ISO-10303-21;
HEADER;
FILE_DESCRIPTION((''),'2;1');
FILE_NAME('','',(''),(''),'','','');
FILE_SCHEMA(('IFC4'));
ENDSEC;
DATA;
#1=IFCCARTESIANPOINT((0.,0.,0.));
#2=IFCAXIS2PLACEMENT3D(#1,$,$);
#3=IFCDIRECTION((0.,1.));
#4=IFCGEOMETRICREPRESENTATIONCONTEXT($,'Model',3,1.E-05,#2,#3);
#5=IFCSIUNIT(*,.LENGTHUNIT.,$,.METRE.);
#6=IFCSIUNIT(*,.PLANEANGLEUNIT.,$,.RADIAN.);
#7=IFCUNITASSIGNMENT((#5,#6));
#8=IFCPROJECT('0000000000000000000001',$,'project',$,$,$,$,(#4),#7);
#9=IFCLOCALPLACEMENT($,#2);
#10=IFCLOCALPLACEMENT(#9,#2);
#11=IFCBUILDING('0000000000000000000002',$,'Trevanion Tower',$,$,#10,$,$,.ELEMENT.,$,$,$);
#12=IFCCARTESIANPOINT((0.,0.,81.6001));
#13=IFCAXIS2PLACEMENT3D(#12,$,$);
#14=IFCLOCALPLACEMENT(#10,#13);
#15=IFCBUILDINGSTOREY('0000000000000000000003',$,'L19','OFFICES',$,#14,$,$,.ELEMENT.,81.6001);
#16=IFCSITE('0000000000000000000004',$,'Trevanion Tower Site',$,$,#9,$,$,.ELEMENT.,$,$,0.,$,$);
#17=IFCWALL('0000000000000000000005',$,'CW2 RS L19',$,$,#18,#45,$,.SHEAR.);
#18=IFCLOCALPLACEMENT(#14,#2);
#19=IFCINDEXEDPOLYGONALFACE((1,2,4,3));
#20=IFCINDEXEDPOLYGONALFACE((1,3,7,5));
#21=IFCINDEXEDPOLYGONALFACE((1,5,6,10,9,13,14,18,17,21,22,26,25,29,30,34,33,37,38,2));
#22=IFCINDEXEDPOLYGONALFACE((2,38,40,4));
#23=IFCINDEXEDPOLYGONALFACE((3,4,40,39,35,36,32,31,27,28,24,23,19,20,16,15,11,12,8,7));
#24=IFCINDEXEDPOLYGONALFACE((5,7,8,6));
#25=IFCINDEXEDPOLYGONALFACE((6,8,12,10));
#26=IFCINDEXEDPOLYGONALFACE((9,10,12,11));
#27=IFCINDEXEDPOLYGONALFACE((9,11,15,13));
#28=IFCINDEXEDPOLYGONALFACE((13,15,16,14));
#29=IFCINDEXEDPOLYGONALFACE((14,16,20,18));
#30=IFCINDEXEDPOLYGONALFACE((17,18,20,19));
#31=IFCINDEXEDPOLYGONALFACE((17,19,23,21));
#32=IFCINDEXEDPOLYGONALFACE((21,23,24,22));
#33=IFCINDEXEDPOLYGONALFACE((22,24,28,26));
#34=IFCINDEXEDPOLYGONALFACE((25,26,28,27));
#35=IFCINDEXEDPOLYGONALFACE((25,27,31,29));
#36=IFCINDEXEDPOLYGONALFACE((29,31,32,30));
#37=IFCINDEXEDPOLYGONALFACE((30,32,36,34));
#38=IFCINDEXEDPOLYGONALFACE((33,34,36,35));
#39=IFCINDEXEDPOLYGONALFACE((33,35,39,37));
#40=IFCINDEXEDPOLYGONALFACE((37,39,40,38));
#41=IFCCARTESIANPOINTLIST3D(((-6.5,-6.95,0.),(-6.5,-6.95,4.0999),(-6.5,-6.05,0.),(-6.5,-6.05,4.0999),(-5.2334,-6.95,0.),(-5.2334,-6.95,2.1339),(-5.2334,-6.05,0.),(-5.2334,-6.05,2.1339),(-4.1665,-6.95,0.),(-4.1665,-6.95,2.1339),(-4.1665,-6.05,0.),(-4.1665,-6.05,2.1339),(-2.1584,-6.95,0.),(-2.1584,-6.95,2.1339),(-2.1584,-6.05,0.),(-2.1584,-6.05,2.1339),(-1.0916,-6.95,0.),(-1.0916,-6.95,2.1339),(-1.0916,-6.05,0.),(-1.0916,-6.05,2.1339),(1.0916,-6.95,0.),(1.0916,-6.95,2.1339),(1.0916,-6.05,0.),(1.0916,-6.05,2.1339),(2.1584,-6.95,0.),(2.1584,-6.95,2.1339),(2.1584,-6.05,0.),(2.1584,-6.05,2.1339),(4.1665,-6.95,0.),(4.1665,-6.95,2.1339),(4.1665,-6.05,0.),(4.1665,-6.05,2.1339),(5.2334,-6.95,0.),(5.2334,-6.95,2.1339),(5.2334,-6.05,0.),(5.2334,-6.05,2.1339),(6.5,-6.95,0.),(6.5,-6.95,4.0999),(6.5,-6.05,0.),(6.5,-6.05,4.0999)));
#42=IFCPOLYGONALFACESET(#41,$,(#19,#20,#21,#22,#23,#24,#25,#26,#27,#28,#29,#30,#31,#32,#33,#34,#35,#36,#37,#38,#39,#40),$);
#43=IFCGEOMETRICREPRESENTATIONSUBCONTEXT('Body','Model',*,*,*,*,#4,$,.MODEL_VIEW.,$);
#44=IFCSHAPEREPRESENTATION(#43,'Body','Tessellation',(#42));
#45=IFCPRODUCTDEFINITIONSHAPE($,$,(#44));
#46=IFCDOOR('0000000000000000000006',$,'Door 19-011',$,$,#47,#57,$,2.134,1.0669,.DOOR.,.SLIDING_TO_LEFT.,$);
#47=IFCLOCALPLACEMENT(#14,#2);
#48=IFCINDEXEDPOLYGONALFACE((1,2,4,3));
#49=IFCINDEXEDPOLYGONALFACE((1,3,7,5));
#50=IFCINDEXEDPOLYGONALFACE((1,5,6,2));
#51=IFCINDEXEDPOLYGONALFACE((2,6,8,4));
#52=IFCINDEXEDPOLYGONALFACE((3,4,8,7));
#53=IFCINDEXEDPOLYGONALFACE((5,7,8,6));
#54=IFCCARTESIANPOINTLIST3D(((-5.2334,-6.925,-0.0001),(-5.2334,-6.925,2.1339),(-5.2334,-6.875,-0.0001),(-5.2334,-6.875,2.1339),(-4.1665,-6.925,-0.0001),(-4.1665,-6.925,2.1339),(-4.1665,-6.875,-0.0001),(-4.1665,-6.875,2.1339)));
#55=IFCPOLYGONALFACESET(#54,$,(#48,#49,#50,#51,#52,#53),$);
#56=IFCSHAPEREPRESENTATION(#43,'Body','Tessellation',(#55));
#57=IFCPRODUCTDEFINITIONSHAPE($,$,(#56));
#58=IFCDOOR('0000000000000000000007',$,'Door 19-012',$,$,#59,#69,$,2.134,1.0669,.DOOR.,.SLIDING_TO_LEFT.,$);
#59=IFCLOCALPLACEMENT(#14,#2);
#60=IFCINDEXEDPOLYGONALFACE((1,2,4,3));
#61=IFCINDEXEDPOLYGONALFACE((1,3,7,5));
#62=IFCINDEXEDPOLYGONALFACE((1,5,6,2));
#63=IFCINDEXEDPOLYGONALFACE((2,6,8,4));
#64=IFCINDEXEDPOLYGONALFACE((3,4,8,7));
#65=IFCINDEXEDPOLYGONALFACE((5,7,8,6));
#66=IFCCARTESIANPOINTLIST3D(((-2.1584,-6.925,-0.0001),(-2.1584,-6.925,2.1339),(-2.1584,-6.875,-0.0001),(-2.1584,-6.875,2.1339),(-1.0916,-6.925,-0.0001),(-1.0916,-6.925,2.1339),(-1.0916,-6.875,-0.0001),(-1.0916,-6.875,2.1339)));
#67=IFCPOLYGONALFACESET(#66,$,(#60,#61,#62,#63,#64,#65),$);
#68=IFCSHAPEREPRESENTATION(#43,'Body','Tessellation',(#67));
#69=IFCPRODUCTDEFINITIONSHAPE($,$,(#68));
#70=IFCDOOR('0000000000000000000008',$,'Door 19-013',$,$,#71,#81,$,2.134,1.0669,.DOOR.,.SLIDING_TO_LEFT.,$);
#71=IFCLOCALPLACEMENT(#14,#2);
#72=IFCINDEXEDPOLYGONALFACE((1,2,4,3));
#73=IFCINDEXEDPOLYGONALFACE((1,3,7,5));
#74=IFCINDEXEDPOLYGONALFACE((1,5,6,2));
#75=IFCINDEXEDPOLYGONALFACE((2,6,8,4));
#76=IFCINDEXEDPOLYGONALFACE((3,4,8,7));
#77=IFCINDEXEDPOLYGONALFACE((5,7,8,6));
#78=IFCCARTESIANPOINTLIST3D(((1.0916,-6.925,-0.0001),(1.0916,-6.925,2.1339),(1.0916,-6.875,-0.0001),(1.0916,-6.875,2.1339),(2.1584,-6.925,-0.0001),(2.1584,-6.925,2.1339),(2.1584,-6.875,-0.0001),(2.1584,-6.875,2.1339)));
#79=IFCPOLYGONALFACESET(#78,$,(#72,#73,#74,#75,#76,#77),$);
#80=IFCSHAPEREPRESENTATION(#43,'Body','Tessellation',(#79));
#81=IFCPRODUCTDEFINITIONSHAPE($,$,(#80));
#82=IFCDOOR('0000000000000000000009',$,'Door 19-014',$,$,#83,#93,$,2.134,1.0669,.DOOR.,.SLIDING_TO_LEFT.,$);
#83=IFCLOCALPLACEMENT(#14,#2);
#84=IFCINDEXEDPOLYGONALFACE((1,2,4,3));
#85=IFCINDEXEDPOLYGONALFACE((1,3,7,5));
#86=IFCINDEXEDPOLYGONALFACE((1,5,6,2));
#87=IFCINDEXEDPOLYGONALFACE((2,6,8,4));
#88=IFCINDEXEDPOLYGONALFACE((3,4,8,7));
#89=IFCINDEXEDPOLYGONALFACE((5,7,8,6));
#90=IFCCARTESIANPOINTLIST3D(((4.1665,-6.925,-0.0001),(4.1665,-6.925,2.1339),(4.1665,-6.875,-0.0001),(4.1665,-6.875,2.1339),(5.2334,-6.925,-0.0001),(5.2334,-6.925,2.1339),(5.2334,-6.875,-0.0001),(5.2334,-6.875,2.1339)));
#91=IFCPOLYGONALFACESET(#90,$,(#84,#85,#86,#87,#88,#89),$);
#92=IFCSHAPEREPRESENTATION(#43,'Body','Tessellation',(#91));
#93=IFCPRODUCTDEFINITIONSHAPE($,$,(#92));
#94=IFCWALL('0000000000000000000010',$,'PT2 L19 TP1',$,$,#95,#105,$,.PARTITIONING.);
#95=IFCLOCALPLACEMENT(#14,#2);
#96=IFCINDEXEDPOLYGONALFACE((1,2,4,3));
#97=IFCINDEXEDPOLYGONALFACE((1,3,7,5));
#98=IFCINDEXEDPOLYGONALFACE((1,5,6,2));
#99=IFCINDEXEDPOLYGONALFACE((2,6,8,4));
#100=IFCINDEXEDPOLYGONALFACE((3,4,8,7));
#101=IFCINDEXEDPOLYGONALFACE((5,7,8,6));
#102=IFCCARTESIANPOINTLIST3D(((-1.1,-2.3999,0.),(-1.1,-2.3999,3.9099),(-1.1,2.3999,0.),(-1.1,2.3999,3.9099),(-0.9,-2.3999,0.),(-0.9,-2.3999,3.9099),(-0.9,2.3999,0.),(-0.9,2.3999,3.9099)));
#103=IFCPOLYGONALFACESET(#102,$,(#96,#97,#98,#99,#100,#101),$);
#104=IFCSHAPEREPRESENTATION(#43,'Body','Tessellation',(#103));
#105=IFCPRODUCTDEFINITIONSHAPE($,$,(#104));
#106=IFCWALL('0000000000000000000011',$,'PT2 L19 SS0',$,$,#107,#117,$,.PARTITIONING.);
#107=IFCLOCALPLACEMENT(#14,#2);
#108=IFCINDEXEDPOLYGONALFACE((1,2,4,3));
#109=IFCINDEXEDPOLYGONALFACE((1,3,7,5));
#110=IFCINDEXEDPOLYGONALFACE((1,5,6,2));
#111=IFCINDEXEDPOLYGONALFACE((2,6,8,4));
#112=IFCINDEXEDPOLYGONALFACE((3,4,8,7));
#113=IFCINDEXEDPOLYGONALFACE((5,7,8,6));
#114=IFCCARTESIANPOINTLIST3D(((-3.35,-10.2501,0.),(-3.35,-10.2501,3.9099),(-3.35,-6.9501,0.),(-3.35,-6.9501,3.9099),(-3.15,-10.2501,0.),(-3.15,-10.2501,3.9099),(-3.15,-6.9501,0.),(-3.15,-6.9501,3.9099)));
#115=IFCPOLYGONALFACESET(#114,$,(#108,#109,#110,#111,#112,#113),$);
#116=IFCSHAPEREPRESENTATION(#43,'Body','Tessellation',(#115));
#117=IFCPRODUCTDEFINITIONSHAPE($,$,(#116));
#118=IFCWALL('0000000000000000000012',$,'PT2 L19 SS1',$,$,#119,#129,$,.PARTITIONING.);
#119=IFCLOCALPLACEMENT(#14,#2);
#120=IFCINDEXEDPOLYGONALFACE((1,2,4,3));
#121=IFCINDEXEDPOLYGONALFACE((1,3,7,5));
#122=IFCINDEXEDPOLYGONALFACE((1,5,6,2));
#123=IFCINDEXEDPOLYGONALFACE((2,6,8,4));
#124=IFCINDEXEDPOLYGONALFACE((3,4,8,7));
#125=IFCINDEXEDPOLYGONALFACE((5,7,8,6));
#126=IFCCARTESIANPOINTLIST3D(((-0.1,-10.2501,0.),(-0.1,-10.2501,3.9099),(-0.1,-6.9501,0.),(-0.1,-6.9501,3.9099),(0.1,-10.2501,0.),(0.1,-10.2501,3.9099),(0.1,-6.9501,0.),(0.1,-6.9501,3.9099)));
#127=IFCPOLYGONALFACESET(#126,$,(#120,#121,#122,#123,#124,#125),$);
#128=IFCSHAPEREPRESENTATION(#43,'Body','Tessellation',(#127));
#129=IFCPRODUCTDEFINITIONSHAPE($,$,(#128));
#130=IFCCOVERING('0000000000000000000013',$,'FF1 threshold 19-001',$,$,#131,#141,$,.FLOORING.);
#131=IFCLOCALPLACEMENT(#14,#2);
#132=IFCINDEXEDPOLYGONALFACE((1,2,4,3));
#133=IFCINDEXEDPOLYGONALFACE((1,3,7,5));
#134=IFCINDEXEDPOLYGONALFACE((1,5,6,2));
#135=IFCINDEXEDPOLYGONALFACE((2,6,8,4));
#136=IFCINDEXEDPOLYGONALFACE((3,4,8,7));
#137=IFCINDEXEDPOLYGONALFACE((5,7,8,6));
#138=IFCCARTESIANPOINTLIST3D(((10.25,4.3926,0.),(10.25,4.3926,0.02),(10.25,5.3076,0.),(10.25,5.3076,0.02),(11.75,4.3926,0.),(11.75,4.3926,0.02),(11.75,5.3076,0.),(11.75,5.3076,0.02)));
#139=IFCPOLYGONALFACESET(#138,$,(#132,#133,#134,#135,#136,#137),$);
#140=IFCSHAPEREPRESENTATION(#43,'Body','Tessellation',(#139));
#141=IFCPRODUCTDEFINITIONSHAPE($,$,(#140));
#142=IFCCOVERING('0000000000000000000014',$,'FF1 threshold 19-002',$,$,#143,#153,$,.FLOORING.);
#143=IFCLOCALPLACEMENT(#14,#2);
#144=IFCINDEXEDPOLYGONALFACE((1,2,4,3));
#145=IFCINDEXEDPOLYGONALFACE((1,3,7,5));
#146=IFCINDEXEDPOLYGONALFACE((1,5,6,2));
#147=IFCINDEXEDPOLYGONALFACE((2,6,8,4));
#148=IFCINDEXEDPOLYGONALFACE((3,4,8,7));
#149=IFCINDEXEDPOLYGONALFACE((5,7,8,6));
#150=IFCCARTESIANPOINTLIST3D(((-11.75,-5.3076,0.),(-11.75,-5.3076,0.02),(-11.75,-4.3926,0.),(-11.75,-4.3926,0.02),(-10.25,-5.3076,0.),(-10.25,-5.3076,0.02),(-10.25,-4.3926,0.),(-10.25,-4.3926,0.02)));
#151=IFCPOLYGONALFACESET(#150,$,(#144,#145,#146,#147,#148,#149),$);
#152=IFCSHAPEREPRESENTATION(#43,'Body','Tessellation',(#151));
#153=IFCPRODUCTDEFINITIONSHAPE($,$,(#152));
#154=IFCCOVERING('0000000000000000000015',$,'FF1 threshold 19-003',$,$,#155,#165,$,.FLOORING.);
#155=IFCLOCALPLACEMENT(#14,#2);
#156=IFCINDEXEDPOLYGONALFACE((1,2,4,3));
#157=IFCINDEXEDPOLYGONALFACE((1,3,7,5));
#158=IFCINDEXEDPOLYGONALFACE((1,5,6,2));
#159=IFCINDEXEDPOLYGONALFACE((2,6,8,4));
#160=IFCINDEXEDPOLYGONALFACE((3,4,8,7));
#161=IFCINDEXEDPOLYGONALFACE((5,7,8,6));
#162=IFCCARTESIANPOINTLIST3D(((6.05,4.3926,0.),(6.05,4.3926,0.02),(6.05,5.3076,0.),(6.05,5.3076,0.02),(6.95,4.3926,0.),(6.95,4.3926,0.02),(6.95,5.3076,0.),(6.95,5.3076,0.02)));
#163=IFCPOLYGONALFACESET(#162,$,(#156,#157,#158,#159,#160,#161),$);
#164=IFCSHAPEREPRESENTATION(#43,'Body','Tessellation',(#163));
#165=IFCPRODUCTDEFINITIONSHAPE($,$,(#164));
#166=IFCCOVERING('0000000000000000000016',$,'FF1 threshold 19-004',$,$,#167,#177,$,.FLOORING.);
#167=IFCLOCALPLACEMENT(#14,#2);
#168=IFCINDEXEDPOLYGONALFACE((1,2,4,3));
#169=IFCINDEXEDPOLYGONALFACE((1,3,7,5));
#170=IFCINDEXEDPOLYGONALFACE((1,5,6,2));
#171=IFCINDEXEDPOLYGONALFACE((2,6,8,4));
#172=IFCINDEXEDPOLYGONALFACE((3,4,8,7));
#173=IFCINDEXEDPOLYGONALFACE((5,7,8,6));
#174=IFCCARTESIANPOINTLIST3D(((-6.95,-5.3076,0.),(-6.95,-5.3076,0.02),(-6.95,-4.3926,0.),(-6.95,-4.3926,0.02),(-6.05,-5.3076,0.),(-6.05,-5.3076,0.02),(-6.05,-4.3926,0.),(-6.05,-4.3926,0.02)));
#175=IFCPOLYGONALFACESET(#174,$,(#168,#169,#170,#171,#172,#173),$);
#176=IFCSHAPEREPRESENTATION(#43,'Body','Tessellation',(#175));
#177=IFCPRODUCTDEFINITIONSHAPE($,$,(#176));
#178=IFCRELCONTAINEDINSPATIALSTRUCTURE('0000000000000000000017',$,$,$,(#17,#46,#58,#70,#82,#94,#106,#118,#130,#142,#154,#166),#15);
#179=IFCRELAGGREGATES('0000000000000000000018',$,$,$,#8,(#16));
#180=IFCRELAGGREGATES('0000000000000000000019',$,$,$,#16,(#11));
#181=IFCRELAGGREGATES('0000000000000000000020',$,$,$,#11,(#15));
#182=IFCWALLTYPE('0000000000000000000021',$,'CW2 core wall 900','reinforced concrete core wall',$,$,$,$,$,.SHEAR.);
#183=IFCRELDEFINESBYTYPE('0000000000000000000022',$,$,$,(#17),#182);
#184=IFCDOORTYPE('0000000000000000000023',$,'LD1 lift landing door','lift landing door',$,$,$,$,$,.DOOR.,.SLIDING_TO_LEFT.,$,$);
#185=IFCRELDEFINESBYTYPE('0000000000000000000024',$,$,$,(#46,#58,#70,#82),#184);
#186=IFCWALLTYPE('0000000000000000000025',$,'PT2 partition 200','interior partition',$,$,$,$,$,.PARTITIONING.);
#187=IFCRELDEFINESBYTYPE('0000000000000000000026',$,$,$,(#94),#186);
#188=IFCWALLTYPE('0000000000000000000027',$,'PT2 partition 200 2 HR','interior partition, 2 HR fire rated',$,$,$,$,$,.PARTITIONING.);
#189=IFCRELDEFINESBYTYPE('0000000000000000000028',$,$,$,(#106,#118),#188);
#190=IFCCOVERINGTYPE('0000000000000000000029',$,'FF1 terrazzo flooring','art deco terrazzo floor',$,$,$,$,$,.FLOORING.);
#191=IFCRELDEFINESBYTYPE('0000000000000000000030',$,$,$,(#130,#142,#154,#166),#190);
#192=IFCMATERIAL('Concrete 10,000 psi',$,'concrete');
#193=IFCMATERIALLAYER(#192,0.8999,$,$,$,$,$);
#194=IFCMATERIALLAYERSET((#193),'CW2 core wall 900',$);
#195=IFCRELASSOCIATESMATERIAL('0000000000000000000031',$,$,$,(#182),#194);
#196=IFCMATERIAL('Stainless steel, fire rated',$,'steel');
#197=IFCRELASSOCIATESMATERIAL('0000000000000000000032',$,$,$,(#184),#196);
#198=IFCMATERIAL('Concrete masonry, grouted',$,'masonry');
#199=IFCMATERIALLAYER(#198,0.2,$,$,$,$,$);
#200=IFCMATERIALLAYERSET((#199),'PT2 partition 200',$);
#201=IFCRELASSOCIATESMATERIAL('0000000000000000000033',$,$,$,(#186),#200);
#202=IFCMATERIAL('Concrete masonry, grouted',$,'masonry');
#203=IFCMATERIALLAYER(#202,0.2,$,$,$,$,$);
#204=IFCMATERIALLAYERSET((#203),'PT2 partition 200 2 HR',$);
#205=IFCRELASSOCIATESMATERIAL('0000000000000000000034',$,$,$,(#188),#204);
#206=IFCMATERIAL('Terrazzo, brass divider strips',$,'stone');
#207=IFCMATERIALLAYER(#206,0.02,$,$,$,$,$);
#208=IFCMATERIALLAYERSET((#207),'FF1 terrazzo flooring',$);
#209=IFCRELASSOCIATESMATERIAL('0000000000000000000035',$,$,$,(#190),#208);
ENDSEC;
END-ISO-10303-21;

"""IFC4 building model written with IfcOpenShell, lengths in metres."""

from ifc_helpers import new_model, si_unit, direction, frame, frame_2d, origin, place, context, subcontext, project, spatial, polyline, rectangle, outline, extrude, material, layer, layer_set, type_object, element, fill, save


model = new_model("IFC4")

# Units and contexts
model_context = context("Model", 3, precision=1e-05, world=origin(), true_north=direction((0.0, 1.0)))
body_context = subcontext(model_context, "Body", "Model", "MODEL_VIEW")
ifc_project = project(units=[si_unit("LENGTHUNIT", "METRE"), si_unit("PLANEANGLEUNIT", "RADIAN")], contexts=[model_context])

# Site, building, storey
site_placement = place(None, origin())
site = spatial("IfcSite", under=ifc_project, at=site_placement, Name="Trevanion Tower Site", CompositionType="ELEMENT", RefElevation=0.0)
building_placement = place(site_placement, origin())
building = spatial("IfcBuilding", under=site, at=building_placement, Name="Trevanion Tower", CompositionType="ELEMENT")
storey_placement = place(building_placement, frame((0.0, 0.0, 81.6001)))
storey = spatial("IfcBuildingStorey", under=building, at=storey_placement, Name="L19", Description="OFFICES", CompositionType="ELEMENT", Elevation=81.6001)

# Wall, openings, doors
ifc_material_1 = material(Name="Concrete 10,000 psi", Category="concrete")
ifc_layer_1 = layer(ifc_material_1, 0.8999)
ifc_layer_set_1 = layer_set([ifc_layer_1], Name="CW2 core wall 900")
wall_type_1 = type_object("IfcWallType", Name="CW2 core wall 900", Description="reinforced concrete core wall", PredefinedType="SHEAR", material=ifc_layer_set_1)
wall_1_placement = place(storey_placement, frame((-6.5, -6.5, 0.0), z_axis=(0.0, 0.0, 1.0), x_axis=(1.0, 0.0, 0.0)))
wall_1 = element("IfcWall", 1, at=wall_1_placement, inside=storey, type_object=wall_type_1, Name="CW2 RS L19", PredefinedType="SHEAR", context=body_context, shape_type="SweptSolid", body=[
    extrude(rectangle(XDim=13.0, YDim=0.8999, at=frame_2d((6.5, 0.0))), origin(), (0.0, 0.0, 1.0), 4.0999),
])
opening_1_placement = place(wall_1_placement, frame((1.2666, 0.0, 0.0)))
opening_1 = element("IfcOpeningElement", 2, at=opening_1_placement, cuts=wall_1, PredefinedType="OPENING", context=body_context, shape_type="SweptSolid", body=[
    extrude(rectangle(XDim=1.0669, YDim=2.134, at=frame_2d((0.5334, 1.0669))), frame((0.0, 0.46, 0.0), z_axis=(0.0, -1.0, 0.0), x_axis=(1.0, 0.0, 0.0)), (0.0, 0.0, 1.0), 0.9199),
])
opening_2_placement = place(wall_1_placement, frame((4.3416, 0.0, 0.0)))
opening_2 = element("IfcOpeningElement", 3, at=opening_2_placement, cuts=wall_1, PredefinedType="OPENING", context=body_context, shape_type="SweptSolid", body=[
    extrude(rectangle(XDim=1.0669, YDim=2.134, at=frame_2d((0.5334, 1.0669))), frame((0.0, 0.46, 0.0), z_axis=(0.0, -1.0, 0.0), x_axis=(1.0, 0.0, 0.0)), (0.0, 0.0, 1.0), 0.9199),
])
opening_3_placement = place(wall_1_placement, frame((7.5916, 0.0, 0.0)))
opening_3 = element("IfcOpeningElement", 4, at=opening_3_placement, cuts=wall_1, PredefinedType="OPENING", context=body_context, shape_type="SweptSolid", body=[
    extrude(rectangle(XDim=1.0669, YDim=2.134, at=frame_2d((0.5334, 1.0669))), frame((0.0, 0.46, 0.0), z_axis=(0.0, -1.0, 0.0), x_axis=(1.0, 0.0, 0.0)), (0.0, 0.0, 1.0), 0.9199),
])
opening_4_placement = place(wall_1_placement, frame((10.6665, 0.0, 0.0)))
opening_4 = element("IfcOpeningElement", 5, at=opening_4_placement, cuts=wall_1, PredefinedType="OPENING", context=body_context, shape_type="SweptSolid", body=[
    extrude(rectangle(XDim=1.0669, YDim=2.134, at=frame_2d((0.5334, 1.0669))), frame((0.0, 0.46, 0.0), z_axis=(0.0, -1.0, 0.0), x_axis=(1.0, 0.0, 0.0)), (0.0, 0.0, 1.0), 0.9199),
])
ifc_material_2 = material(Name="Stainless steel, fire rated", Category="steel")
door_type = type_object("IfcDoorType", Name="LD1 lift landing door", Description="lift landing door", OperationType="SLIDING_TO_LEFT", PredefinedType="DOOR", material=ifc_material_2)
door_1_placement = place(opening_1_placement, origin())
door_1 = element("IfcDoor", 6, at=door_1_placement, inside=storey, type_object=door_type, Name="Door 19-011", OperationType="SLIDING_TO_LEFT", OverallHeight=2.134, OverallWidth=1.0669, PredefinedType="DOOR", context=body_context, shape_type="SweptSolid", body=[
    extrude(rectangle(XDim=1.0669, YDim=2.134, at=frame_2d((0.5334, 1.0669))), frame((0.0, -0.375, 0.0), z_axis=(0.0, -1.0, 0.0), x_axis=(1.0, 0.0, 0.0)), (0.0, 0.0, 1.0), 0.05),
])
fill(opening_1, door_1)
door_2_placement = place(opening_2_placement, origin())
door_2 = element("IfcDoor", 7, at=door_2_placement, inside=storey, type_object=door_type, Name="Door 19-012", OperationType="SLIDING_TO_LEFT", OverallHeight=2.134, OverallWidth=1.0669, PredefinedType="DOOR", context=body_context, shape_type="SweptSolid", body=[
    extrude(rectangle(XDim=1.0669, YDim=2.134, at=frame_2d((0.5334, 1.0669))), frame((0.0, -0.375, 0.0), z_axis=(0.0, -1.0, 0.0), x_axis=(1.0, 0.0, 0.0)), (0.0, 0.0, 1.0), 0.05),
])
fill(opening_2, door_2)
door_3_placement = place(opening_3_placement, origin())
door_3 = element("IfcDoor", 8, at=door_3_placement, inside=storey, type_object=door_type, Name="Door 19-013", OperationType="SLIDING_TO_LEFT", OverallHeight=2.134, OverallWidth=1.0669, PredefinedType="DOOR", context=body_context, shape_type="SweptSolid", body=[
    extrude(rectangle(XDim=1.0669, YDim=2.134, at=frame_2d((0.5334, 1.0669))), frame((0.0, -0.375, 0.0), z_axis=(0.0, -1.0, 0.0), x_axis=(1.0, 0.0, 0.0)), (0.0, 0.0, 1.0), 0.05),
])
fill(opening_3, door_3)
door_4_placement = place(opening_4_placement, origin())
door_4 = element("IfcDoor", 9, at=door_4_placement, inside=storey, type_object=door_type, Name="Door 19-014", OperationType="SLIDING_TO_LEFT", OverallHeight=2.134, OverallWidth=1.0669, PredefinedType="DOOR", context=body_context, shape_type="SweptSolid", body=[
    extrude(rectangle(XDim=1.0669, YDim=2.134, at=frame_2d((0.5334, 1.0669))), frame((0.0, -0.375, 0.0), z_axis=(0.0, -1.0, 0.0), x_axis=(1.0, 0.0, 0.0)), (0.0, 0.0, 1.0), 0.05),
])
fill(opening_4, door_4)

# Walls
ifc_material_3 = material(Name="Concrete masonry, grouted", Category="masonry")
ifc_layer_2 = layer(ifc_material_3, 0.2)
ifc_layer_set_2 = layer_set([ifc_layer_2], Name="PT2 partition 200")
wall_type_2 = type_object("IfcWallType", Name="PT2 partition 200", Description="interior partition", PredefinedType="PARTITIONING", material=ifc_layer_set_2)
wall_2_placement = place(storey_placement, frame((-1.0, -2.3999, 0.0), z_axis=(0.0, 0.0, 1.0), x_axis=(0.0, 1.0, 0.0)))
element("IfcWall", 10, at=wall_2_placement, inside=storey, type_object=wall_type_2, Name="PT2 L19 TP1", PredefinedType="PARTITIONING", context=body_context, shape_type="SweptSolid", body=[
    extrude(rectangle(XDim=4.7998, YDim=0.2, at=frame_2d((2.3999, 0.0))), origin(), (0.0, 0.0, 1.0), 3.9099),
])
ifc_material_4 = material(Name="Concrete masonry, grouted", Category="masonry")
ifc_layer_3 = layer(ifc_material_4, 0.2)
ifc_layer_set_3 = layer_set([ifc_layer_3], Name="PT2 partition 200 2 HR")
wall_type_3 = type_object("IfcWallType", Name="PT2 partition 200 2 HR", Description="interior partition, 2 HR fire rated", PredefinedType="PARTITIONING", material=ifc_layer_set_3)
for number, where, z_axis, x_axis, name in (
    (11, (-3.25, -10.25, 0.0), (0.0, 0.0, 1.0), (0.0, 1.0, 0.0), "PT2 L19 SS0"),
    (12, (0.0, -10.25, 0.0), (0.0, 0.0, 1.0), (0.0, 1.0, 0.0), "PT2 L19 SS1"),
):
    element("IfcWall", number, at=place(storey_placement, frame(where, z_axis=z_axis, x_axis=x_axis)), inside=storey, type_object=wall_type_3, Name=name, PredefinedType="PARTITIONING", context=body_context, shape_type="SweptSolid", body=[
        extrude(rectangle(XDim=3.3, YDim=0.2, at=frame_2d((1.6499, 0.0))), origin(), (0.0, 0.0, 1.0), 3.9099),
    ])

# Coverings
ifc_material_5 = material(Name="Terrazzo, brass divider strips", Category="stone")
ifc_layer_4 = layer(ifc_material_5, 0.02)
ifc_layer_set_4 = layer_set([ifc_layer_4], Name="FF1 terrazzo flooring")
covering_type = type_object("IfcCoveringType", Name="FF1 terrazzo flooring", Description="art deco terrazzo floor", PredefinedType="FLOORING", material=ifc_layer_set_4)
covering_1_placement = place(storey_placement, origin())
element("IfcCovering", 13, at=covering_1_placement, inside=storey, type_object=covering_type, Name="FF1 threshold 19-001", PredefinedType="FLOORING", context=body_context, shape_type="SweptSolid", body=[
    extrude(outline(polyline([(11.75, 4.3926), (11.75, 5.3076), (10.25, 5.3076), (10.25, 4.3926), (11.75, 4.3926)])), origin(), (0.0, 0.0, 1.0), 0.02),
])
covering_2_placement = place(storey_placement, origin())
element("IfcCovering", 14, at=covering_2_placement, inside=storey, type_object=covering_type, Name="FF1 threshold 19-002", PredefinedType="FLOORING", context=body_context, shape_type="SweptSolid", body=[
    extrude(outline(polyline([(-11.75, -4.3926), (-11.75, -5.3076), (-10.25, -5.3076), (-10.25, -4.3926), (-11.75, -4.3926)])), origin(), (0.0, 0.0, 1.0), 0.02),
])
covering_3_placement = place(storey_placement, origin())
element("IfcCovering", 15, at=covering_3_placement, inside=storey, type_object=covering_type, Name="FF1 threshold 19-003", PredefinedType="FLOORING", context=body_context, shape_type="SweptSolid", body=[
    extrude(outline(polyline([(6.95, 4.3926), (6.95, 5.3076), (6.05, 5.3076), (6.05, 4.3926), (6.95, 4.3926)])), origin(), (0.0, 0.0, 1.0), 0.02),
])
covering_4_placement = place(storey_placement, origin())
element("IfcCovering", 16, at=covering_4_placement, inside=storey, type_object=covering_type, Name="FF1 threshold 19-004", PredefinedType="FLOORING", context=body_context, shape_type="SweptSolid", body=[
    extrude(outline(polyline([(-6.95, -4.3926), (-6.95, -5.3076), (-6.05, -5.3076), (-6.05, -4.3926), (-6.95, -4.3926)])), origin(), (0.0, 0.0, 1.0), 0.02),
])

save(model, "model.ifc")
